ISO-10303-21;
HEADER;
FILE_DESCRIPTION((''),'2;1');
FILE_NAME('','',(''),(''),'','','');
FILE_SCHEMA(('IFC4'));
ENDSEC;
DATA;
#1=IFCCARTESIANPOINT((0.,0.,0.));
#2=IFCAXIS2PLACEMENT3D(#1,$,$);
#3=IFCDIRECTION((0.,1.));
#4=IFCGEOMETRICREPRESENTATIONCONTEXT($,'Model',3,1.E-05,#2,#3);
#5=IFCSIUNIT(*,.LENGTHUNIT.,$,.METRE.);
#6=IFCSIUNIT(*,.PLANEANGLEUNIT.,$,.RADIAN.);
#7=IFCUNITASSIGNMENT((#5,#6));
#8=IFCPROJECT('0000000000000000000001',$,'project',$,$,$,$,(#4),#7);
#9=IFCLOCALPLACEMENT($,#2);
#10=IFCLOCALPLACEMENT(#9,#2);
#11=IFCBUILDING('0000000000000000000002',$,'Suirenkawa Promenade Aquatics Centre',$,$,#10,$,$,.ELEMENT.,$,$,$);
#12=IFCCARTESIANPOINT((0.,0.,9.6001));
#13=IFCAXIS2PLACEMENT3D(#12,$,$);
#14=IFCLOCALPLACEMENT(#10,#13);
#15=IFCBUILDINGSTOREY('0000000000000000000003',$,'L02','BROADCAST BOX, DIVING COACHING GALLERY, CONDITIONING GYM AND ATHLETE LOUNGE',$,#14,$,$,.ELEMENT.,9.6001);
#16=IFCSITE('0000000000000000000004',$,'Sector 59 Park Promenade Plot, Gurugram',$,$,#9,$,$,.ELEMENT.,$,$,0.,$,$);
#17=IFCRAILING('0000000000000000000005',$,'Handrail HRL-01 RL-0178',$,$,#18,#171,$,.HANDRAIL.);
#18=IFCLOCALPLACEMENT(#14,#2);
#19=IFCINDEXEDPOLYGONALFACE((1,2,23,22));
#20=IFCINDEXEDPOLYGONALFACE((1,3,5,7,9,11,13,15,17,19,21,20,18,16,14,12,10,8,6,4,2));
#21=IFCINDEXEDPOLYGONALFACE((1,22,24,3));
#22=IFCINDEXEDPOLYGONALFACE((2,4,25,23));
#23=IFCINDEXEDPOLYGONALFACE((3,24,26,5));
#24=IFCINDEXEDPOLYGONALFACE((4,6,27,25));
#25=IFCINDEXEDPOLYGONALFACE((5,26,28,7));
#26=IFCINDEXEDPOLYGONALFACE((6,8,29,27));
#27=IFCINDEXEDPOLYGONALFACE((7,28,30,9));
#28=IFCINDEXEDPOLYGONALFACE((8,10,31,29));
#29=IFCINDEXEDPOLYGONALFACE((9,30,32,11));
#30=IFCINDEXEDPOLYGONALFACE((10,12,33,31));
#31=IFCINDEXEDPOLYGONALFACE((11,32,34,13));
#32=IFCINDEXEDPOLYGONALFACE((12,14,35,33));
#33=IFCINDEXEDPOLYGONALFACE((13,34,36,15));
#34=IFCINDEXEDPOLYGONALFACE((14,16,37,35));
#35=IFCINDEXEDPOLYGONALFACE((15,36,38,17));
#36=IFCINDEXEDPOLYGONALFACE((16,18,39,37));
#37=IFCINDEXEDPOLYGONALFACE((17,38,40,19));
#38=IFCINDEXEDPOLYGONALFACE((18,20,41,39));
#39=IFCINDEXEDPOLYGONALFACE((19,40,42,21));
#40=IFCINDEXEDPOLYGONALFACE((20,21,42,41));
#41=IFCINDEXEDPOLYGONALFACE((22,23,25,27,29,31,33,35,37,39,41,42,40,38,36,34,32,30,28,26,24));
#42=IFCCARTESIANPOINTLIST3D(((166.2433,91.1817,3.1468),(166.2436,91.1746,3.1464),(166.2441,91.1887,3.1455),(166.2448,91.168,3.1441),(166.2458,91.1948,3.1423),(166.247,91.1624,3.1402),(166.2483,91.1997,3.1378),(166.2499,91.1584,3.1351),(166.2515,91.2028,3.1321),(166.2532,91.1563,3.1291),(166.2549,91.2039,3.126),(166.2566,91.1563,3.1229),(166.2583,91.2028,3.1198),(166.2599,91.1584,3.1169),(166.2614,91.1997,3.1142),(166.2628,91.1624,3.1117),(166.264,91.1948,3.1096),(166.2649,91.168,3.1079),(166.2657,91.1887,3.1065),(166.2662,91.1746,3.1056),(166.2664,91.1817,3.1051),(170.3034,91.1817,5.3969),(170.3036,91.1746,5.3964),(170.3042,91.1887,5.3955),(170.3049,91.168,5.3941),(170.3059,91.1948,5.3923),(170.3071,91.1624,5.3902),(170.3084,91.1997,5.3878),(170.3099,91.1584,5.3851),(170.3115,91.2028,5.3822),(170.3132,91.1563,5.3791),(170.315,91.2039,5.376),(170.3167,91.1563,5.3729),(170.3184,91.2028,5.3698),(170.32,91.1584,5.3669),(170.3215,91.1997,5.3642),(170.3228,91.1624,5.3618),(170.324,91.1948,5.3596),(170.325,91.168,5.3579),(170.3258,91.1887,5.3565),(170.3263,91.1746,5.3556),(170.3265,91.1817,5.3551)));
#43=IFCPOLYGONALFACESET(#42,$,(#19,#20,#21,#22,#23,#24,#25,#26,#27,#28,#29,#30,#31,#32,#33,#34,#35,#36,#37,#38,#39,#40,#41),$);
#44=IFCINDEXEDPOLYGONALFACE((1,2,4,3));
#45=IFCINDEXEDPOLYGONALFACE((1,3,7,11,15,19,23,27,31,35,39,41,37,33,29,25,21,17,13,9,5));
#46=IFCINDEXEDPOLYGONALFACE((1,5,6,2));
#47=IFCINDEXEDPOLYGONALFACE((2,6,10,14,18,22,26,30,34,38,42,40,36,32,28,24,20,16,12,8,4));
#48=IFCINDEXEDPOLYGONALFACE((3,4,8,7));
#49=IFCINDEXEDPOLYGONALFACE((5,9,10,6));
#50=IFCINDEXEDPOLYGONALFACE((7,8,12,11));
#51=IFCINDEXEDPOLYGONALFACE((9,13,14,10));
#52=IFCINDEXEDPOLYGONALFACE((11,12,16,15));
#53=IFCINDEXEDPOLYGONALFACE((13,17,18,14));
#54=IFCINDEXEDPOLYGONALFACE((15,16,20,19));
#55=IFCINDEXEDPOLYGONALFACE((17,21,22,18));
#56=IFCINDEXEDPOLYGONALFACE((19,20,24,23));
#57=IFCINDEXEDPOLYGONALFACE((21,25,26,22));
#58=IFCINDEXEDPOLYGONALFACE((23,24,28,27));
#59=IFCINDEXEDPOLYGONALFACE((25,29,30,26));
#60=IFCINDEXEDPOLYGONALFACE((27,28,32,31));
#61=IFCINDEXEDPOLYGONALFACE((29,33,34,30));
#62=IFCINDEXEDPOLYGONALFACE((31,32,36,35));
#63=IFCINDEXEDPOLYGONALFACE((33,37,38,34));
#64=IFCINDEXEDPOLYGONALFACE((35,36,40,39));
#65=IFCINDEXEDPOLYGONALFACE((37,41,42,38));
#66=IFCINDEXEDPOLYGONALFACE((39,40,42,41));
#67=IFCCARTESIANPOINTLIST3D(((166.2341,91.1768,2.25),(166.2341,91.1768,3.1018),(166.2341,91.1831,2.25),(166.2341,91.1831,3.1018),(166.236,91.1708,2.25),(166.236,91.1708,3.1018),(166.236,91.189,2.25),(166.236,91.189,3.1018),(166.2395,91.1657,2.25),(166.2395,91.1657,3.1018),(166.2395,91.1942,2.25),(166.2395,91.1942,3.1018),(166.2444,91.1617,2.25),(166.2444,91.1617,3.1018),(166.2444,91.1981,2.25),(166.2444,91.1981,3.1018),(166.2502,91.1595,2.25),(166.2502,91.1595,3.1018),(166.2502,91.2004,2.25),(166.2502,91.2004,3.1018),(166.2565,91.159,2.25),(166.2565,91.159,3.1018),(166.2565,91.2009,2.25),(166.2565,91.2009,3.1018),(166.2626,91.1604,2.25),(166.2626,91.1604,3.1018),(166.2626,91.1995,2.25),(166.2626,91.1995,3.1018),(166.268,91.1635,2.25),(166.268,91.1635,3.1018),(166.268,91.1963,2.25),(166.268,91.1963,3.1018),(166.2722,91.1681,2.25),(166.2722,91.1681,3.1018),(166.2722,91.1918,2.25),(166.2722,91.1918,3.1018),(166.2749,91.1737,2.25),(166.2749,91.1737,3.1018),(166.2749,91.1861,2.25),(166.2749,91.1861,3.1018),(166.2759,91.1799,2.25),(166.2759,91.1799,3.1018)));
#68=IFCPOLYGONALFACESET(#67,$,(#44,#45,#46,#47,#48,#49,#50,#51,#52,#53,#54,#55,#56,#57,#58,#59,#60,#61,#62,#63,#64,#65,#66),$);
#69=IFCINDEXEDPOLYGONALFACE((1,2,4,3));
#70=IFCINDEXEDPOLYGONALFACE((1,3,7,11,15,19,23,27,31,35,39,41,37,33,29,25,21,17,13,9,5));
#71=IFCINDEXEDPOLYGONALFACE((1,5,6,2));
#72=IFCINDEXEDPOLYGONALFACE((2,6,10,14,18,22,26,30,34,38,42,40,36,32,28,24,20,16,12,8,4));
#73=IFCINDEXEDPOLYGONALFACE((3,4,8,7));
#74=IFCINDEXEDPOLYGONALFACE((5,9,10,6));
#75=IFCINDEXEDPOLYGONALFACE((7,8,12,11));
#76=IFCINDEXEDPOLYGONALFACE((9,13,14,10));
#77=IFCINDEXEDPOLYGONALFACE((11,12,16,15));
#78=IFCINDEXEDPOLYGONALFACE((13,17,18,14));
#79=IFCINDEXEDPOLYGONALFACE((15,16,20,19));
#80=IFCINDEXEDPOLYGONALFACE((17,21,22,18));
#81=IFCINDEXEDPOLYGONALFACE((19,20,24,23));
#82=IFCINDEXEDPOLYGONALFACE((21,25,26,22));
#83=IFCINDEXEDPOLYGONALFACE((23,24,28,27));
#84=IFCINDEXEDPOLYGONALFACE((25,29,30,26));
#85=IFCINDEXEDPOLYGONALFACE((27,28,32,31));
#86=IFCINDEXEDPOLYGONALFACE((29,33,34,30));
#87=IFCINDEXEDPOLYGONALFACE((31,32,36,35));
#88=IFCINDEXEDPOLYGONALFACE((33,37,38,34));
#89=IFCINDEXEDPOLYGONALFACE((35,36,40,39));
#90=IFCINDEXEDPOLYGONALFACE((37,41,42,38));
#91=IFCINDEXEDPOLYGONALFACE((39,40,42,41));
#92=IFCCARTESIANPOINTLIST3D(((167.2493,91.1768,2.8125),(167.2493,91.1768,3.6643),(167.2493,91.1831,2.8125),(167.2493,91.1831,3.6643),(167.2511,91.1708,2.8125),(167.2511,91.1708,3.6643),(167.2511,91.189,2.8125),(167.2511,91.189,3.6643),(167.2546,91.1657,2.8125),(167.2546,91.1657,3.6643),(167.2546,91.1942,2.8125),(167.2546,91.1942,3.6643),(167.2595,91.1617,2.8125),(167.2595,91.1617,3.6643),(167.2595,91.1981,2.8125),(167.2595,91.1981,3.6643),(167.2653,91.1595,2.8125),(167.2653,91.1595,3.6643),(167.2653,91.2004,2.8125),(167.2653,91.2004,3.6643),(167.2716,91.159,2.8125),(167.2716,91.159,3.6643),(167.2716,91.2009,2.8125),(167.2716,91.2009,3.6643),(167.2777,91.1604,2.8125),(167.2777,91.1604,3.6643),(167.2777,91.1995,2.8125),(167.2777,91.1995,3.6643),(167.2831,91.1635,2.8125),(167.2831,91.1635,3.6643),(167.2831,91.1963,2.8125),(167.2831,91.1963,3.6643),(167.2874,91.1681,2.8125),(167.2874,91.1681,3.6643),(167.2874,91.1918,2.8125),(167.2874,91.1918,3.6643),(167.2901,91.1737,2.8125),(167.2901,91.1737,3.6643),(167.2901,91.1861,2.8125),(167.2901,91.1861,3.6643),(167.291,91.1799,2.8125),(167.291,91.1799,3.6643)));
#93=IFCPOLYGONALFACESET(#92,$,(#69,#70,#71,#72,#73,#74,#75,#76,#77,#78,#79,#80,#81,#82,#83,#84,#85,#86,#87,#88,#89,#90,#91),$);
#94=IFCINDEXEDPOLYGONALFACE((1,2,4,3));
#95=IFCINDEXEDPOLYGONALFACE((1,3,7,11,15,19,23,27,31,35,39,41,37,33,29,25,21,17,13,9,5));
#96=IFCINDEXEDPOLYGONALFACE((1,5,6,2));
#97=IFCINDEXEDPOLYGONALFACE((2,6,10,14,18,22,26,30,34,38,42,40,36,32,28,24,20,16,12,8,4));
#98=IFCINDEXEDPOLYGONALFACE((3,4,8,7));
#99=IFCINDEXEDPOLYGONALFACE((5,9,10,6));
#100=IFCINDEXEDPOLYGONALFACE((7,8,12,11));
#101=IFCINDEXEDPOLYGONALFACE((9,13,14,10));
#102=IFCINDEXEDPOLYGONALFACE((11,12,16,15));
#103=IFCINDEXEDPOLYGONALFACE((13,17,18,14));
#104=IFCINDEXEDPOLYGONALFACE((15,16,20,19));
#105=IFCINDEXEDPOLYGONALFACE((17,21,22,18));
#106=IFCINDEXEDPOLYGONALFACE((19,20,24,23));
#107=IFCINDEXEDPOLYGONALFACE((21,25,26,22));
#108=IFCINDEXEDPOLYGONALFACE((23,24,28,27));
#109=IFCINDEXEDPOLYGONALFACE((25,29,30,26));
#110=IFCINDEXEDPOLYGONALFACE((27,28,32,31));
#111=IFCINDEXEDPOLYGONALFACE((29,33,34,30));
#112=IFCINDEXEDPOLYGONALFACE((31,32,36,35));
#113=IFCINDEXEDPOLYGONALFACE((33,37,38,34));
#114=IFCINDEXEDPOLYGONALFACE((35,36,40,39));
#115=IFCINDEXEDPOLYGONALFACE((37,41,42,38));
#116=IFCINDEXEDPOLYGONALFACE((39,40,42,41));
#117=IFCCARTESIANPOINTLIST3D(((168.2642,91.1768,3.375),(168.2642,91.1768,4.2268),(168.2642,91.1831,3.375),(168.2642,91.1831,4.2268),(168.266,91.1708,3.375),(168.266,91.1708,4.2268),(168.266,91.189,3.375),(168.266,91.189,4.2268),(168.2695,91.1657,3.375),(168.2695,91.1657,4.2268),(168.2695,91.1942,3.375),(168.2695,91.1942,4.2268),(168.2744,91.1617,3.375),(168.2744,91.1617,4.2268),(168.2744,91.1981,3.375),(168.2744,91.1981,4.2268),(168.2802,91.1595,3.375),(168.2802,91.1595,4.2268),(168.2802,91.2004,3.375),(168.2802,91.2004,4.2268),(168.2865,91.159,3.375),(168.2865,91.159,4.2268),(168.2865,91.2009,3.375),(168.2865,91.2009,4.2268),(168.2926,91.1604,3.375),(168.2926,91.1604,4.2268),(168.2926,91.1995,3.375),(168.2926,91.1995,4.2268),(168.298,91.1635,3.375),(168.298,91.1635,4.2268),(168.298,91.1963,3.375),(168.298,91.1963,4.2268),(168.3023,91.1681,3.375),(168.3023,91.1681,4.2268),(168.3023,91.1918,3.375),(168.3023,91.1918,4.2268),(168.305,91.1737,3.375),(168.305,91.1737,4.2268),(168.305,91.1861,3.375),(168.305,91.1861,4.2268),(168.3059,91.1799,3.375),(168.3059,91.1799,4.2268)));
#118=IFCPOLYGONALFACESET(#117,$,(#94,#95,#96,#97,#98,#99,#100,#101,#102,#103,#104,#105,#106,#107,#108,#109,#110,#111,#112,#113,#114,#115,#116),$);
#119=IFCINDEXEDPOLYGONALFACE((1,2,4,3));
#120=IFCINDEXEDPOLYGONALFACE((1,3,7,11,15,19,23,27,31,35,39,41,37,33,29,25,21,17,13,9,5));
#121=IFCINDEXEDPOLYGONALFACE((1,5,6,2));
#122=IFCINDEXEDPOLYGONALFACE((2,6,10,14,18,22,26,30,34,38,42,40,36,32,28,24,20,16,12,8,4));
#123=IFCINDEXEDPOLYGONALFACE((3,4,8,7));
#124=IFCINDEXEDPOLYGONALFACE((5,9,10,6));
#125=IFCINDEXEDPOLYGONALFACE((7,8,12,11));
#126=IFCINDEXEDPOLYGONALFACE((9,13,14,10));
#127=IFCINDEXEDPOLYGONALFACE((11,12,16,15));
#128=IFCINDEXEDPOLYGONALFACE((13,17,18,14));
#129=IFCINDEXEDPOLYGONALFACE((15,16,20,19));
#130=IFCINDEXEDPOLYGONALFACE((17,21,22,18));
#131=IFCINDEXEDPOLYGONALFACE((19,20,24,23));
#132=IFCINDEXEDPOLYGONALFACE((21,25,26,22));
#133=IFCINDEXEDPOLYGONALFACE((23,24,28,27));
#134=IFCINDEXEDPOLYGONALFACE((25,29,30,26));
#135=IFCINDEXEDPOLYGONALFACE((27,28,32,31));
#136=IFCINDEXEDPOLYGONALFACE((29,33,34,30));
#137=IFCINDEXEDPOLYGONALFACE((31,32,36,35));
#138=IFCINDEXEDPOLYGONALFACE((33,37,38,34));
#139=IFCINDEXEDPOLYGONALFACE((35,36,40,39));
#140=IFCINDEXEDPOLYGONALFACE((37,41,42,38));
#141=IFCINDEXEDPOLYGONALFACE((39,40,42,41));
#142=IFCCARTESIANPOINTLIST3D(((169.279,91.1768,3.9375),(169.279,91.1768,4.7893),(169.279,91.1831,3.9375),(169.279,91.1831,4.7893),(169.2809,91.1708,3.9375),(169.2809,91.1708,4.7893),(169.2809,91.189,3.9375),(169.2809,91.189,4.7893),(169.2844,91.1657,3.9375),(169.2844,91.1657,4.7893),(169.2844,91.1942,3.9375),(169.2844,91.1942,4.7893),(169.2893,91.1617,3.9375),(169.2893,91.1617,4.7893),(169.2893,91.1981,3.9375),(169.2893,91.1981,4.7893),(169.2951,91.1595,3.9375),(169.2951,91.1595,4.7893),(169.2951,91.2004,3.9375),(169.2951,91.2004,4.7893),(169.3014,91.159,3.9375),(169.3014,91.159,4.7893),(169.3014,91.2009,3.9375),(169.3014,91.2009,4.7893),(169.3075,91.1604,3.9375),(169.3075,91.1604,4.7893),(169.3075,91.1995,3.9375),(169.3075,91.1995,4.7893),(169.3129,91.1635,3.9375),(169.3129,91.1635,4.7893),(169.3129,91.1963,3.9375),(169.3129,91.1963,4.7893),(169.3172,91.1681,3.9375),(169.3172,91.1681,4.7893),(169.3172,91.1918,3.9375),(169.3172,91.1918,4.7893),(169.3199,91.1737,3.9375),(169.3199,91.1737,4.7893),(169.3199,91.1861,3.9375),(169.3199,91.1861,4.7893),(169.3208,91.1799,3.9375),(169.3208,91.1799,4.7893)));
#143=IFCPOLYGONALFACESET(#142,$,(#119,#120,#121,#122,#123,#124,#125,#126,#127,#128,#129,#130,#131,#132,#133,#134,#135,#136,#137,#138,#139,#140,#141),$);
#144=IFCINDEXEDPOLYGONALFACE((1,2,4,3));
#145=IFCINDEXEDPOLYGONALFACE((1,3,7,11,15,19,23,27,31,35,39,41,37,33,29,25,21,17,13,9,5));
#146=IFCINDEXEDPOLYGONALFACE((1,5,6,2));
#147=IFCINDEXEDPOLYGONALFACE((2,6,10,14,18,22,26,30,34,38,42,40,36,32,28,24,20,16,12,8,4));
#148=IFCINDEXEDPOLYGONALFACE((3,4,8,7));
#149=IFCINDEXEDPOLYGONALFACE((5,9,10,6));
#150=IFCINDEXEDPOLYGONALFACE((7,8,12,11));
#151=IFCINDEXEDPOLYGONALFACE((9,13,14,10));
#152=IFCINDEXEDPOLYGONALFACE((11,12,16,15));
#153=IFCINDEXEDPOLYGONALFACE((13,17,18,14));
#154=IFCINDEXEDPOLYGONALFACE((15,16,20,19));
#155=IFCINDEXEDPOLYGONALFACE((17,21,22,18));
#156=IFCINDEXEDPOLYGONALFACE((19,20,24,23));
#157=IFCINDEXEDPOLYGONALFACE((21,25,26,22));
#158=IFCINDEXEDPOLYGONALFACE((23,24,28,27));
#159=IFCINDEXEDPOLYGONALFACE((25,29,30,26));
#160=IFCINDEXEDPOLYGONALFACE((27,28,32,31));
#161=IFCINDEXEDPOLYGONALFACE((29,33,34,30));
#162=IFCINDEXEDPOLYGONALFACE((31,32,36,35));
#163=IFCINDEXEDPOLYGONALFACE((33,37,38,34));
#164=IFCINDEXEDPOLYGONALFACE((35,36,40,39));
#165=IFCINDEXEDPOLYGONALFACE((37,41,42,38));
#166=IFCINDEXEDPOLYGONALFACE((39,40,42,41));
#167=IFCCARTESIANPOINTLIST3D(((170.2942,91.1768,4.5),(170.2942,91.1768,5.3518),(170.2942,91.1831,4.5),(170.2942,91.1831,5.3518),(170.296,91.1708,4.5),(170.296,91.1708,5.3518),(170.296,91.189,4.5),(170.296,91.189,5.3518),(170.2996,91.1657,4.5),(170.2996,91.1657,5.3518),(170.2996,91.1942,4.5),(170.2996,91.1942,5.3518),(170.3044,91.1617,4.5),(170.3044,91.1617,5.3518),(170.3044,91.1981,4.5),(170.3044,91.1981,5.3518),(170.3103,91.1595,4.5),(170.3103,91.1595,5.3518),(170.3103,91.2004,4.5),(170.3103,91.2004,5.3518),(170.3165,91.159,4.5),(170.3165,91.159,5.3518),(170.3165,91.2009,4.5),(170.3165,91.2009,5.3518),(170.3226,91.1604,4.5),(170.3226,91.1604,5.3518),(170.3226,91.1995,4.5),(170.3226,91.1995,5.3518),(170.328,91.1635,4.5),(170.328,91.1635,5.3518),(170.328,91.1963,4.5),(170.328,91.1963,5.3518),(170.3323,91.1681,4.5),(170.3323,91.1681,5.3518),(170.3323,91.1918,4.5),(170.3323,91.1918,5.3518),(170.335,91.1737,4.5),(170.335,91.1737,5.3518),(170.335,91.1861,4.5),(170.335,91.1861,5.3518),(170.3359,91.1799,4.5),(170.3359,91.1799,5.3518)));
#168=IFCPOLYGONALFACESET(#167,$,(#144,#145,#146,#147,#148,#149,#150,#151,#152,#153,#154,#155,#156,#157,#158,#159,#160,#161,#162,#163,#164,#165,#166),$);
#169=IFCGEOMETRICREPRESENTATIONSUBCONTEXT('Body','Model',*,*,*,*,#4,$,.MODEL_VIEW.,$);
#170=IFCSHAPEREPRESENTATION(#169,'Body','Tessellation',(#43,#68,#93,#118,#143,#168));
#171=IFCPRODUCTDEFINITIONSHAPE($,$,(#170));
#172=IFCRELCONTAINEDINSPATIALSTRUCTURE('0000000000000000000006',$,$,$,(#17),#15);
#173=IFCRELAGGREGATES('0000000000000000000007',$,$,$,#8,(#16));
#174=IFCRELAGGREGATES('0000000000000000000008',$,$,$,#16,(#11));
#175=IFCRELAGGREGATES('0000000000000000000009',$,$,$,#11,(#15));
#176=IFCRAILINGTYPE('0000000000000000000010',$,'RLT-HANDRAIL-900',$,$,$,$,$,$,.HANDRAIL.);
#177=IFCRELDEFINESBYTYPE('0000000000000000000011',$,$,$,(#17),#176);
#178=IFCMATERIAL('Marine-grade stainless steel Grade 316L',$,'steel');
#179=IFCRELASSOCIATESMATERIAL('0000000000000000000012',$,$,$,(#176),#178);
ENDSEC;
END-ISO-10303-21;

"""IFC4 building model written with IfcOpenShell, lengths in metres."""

from ifc_helpers import new_model, si_unit, direction, frame, origin, origin_2d, place, context, subcontext, project, spatial, circle, extrude, material, type_object, element, save


model = new_model("IFC4")

# Units and contexts
model_context = context("Model", 3, precision=1e-05, world=origin(), true_north=direction((0.0, 1.0)))
body_context = subcontext(model_context, "Body", "Model", "MODEL_VIEW")
ifc_project = project(units=[si_unit("LENGTHUNIT", "METRE"), si_unit("PLANEANGLEUNIT", "RADIAN")], contexts=[model_context])

# Site, building, storey
site_placement = place(None, origin())
site = spatial("IfcSite", under=ifc_project, at=site_placement, Name="Sector 59 Park Promenade Plot, Gurugram", CompositionType="ELEMENT", RefElevation=0.0)
building_placement = place(site_placement, origin())
building = spatial("IfcBuilding", under=site, at=building_placement, Name="Suirenkawa Promenade Aquatics Centre", CompositionType="ELEMENT")
storey_placement = place(building_placement, frame((0.0, 0.0, 9.6001)))
storey = spatial("IfcBuildingStorey", under=building, at=storey_placement, Name="L02", Description="BROADCAST BOX, DIVING COACHING GALLERY, CONDITIONING GYM AND ATHLETE LOUNGE", CompositionType="ELEMENT", Elevation=9.6001)

# Shared definitions
ifc_material_1 = material(Name="Marine-grade stainless steel Grade 316L", Category="steel")

# Railing
railing_type_1 = type_object("IfcRailingType", Name="RLT-HANDRAIL-900", PredefinedType="HANDRAIL", material=ifc_material_1)
for number, where, name in (
    (1, (166.2549, 91.1799, 2.25), "Handrail HRL-01 RL-0178"),
):
    element("IfcRailing", number, at=place(storey_placement, frame(where)), inside=storey, type_object=railing_type_1, Name=name, PredefinedType="HANDRAIL", context=body_context, shape_type="SweptSolid", body=[
        extrude(circle(Radius=0.0239, at=origin_2d()), frame((0.0, 0.0, 0.876), z_axis=(0.874668, 0.0, 0.484723), x_axis=(0.0, 1.0, 0.0)), (0.0, 0.0, 1.0), 4.6418),
        extrude(circle(Radius=0.021, at=origin_2d()), origin(), (0.0, 0.0, 1.0), 0.8518),
        extrude(circle(Radius=0.021, at=origin_2d()), frame((1.0151, 0.0, 0.5625)), (0.0, 0.0, 1.0), 0.8518),
        extrude(circle(Radius=0.021, at=origin_2d()), frame((2.03, 0.0, 1.125)), (0.0, 0.0, 1.0), 0.8518),
        extrude(circle(Radius=0.021, at=origin_2d()), frame((3.0449, 0.0, 1.6875)), (0.0, 0.0, 1.0), 0.8518),
        extrude(circle(Radius=0.021, at=origin_2d()), frame((4.0601, 0.0, 2.25)), (0.0, 0.0, 1.0), 0.8518),
    ])

save(model, "model.ifc")
